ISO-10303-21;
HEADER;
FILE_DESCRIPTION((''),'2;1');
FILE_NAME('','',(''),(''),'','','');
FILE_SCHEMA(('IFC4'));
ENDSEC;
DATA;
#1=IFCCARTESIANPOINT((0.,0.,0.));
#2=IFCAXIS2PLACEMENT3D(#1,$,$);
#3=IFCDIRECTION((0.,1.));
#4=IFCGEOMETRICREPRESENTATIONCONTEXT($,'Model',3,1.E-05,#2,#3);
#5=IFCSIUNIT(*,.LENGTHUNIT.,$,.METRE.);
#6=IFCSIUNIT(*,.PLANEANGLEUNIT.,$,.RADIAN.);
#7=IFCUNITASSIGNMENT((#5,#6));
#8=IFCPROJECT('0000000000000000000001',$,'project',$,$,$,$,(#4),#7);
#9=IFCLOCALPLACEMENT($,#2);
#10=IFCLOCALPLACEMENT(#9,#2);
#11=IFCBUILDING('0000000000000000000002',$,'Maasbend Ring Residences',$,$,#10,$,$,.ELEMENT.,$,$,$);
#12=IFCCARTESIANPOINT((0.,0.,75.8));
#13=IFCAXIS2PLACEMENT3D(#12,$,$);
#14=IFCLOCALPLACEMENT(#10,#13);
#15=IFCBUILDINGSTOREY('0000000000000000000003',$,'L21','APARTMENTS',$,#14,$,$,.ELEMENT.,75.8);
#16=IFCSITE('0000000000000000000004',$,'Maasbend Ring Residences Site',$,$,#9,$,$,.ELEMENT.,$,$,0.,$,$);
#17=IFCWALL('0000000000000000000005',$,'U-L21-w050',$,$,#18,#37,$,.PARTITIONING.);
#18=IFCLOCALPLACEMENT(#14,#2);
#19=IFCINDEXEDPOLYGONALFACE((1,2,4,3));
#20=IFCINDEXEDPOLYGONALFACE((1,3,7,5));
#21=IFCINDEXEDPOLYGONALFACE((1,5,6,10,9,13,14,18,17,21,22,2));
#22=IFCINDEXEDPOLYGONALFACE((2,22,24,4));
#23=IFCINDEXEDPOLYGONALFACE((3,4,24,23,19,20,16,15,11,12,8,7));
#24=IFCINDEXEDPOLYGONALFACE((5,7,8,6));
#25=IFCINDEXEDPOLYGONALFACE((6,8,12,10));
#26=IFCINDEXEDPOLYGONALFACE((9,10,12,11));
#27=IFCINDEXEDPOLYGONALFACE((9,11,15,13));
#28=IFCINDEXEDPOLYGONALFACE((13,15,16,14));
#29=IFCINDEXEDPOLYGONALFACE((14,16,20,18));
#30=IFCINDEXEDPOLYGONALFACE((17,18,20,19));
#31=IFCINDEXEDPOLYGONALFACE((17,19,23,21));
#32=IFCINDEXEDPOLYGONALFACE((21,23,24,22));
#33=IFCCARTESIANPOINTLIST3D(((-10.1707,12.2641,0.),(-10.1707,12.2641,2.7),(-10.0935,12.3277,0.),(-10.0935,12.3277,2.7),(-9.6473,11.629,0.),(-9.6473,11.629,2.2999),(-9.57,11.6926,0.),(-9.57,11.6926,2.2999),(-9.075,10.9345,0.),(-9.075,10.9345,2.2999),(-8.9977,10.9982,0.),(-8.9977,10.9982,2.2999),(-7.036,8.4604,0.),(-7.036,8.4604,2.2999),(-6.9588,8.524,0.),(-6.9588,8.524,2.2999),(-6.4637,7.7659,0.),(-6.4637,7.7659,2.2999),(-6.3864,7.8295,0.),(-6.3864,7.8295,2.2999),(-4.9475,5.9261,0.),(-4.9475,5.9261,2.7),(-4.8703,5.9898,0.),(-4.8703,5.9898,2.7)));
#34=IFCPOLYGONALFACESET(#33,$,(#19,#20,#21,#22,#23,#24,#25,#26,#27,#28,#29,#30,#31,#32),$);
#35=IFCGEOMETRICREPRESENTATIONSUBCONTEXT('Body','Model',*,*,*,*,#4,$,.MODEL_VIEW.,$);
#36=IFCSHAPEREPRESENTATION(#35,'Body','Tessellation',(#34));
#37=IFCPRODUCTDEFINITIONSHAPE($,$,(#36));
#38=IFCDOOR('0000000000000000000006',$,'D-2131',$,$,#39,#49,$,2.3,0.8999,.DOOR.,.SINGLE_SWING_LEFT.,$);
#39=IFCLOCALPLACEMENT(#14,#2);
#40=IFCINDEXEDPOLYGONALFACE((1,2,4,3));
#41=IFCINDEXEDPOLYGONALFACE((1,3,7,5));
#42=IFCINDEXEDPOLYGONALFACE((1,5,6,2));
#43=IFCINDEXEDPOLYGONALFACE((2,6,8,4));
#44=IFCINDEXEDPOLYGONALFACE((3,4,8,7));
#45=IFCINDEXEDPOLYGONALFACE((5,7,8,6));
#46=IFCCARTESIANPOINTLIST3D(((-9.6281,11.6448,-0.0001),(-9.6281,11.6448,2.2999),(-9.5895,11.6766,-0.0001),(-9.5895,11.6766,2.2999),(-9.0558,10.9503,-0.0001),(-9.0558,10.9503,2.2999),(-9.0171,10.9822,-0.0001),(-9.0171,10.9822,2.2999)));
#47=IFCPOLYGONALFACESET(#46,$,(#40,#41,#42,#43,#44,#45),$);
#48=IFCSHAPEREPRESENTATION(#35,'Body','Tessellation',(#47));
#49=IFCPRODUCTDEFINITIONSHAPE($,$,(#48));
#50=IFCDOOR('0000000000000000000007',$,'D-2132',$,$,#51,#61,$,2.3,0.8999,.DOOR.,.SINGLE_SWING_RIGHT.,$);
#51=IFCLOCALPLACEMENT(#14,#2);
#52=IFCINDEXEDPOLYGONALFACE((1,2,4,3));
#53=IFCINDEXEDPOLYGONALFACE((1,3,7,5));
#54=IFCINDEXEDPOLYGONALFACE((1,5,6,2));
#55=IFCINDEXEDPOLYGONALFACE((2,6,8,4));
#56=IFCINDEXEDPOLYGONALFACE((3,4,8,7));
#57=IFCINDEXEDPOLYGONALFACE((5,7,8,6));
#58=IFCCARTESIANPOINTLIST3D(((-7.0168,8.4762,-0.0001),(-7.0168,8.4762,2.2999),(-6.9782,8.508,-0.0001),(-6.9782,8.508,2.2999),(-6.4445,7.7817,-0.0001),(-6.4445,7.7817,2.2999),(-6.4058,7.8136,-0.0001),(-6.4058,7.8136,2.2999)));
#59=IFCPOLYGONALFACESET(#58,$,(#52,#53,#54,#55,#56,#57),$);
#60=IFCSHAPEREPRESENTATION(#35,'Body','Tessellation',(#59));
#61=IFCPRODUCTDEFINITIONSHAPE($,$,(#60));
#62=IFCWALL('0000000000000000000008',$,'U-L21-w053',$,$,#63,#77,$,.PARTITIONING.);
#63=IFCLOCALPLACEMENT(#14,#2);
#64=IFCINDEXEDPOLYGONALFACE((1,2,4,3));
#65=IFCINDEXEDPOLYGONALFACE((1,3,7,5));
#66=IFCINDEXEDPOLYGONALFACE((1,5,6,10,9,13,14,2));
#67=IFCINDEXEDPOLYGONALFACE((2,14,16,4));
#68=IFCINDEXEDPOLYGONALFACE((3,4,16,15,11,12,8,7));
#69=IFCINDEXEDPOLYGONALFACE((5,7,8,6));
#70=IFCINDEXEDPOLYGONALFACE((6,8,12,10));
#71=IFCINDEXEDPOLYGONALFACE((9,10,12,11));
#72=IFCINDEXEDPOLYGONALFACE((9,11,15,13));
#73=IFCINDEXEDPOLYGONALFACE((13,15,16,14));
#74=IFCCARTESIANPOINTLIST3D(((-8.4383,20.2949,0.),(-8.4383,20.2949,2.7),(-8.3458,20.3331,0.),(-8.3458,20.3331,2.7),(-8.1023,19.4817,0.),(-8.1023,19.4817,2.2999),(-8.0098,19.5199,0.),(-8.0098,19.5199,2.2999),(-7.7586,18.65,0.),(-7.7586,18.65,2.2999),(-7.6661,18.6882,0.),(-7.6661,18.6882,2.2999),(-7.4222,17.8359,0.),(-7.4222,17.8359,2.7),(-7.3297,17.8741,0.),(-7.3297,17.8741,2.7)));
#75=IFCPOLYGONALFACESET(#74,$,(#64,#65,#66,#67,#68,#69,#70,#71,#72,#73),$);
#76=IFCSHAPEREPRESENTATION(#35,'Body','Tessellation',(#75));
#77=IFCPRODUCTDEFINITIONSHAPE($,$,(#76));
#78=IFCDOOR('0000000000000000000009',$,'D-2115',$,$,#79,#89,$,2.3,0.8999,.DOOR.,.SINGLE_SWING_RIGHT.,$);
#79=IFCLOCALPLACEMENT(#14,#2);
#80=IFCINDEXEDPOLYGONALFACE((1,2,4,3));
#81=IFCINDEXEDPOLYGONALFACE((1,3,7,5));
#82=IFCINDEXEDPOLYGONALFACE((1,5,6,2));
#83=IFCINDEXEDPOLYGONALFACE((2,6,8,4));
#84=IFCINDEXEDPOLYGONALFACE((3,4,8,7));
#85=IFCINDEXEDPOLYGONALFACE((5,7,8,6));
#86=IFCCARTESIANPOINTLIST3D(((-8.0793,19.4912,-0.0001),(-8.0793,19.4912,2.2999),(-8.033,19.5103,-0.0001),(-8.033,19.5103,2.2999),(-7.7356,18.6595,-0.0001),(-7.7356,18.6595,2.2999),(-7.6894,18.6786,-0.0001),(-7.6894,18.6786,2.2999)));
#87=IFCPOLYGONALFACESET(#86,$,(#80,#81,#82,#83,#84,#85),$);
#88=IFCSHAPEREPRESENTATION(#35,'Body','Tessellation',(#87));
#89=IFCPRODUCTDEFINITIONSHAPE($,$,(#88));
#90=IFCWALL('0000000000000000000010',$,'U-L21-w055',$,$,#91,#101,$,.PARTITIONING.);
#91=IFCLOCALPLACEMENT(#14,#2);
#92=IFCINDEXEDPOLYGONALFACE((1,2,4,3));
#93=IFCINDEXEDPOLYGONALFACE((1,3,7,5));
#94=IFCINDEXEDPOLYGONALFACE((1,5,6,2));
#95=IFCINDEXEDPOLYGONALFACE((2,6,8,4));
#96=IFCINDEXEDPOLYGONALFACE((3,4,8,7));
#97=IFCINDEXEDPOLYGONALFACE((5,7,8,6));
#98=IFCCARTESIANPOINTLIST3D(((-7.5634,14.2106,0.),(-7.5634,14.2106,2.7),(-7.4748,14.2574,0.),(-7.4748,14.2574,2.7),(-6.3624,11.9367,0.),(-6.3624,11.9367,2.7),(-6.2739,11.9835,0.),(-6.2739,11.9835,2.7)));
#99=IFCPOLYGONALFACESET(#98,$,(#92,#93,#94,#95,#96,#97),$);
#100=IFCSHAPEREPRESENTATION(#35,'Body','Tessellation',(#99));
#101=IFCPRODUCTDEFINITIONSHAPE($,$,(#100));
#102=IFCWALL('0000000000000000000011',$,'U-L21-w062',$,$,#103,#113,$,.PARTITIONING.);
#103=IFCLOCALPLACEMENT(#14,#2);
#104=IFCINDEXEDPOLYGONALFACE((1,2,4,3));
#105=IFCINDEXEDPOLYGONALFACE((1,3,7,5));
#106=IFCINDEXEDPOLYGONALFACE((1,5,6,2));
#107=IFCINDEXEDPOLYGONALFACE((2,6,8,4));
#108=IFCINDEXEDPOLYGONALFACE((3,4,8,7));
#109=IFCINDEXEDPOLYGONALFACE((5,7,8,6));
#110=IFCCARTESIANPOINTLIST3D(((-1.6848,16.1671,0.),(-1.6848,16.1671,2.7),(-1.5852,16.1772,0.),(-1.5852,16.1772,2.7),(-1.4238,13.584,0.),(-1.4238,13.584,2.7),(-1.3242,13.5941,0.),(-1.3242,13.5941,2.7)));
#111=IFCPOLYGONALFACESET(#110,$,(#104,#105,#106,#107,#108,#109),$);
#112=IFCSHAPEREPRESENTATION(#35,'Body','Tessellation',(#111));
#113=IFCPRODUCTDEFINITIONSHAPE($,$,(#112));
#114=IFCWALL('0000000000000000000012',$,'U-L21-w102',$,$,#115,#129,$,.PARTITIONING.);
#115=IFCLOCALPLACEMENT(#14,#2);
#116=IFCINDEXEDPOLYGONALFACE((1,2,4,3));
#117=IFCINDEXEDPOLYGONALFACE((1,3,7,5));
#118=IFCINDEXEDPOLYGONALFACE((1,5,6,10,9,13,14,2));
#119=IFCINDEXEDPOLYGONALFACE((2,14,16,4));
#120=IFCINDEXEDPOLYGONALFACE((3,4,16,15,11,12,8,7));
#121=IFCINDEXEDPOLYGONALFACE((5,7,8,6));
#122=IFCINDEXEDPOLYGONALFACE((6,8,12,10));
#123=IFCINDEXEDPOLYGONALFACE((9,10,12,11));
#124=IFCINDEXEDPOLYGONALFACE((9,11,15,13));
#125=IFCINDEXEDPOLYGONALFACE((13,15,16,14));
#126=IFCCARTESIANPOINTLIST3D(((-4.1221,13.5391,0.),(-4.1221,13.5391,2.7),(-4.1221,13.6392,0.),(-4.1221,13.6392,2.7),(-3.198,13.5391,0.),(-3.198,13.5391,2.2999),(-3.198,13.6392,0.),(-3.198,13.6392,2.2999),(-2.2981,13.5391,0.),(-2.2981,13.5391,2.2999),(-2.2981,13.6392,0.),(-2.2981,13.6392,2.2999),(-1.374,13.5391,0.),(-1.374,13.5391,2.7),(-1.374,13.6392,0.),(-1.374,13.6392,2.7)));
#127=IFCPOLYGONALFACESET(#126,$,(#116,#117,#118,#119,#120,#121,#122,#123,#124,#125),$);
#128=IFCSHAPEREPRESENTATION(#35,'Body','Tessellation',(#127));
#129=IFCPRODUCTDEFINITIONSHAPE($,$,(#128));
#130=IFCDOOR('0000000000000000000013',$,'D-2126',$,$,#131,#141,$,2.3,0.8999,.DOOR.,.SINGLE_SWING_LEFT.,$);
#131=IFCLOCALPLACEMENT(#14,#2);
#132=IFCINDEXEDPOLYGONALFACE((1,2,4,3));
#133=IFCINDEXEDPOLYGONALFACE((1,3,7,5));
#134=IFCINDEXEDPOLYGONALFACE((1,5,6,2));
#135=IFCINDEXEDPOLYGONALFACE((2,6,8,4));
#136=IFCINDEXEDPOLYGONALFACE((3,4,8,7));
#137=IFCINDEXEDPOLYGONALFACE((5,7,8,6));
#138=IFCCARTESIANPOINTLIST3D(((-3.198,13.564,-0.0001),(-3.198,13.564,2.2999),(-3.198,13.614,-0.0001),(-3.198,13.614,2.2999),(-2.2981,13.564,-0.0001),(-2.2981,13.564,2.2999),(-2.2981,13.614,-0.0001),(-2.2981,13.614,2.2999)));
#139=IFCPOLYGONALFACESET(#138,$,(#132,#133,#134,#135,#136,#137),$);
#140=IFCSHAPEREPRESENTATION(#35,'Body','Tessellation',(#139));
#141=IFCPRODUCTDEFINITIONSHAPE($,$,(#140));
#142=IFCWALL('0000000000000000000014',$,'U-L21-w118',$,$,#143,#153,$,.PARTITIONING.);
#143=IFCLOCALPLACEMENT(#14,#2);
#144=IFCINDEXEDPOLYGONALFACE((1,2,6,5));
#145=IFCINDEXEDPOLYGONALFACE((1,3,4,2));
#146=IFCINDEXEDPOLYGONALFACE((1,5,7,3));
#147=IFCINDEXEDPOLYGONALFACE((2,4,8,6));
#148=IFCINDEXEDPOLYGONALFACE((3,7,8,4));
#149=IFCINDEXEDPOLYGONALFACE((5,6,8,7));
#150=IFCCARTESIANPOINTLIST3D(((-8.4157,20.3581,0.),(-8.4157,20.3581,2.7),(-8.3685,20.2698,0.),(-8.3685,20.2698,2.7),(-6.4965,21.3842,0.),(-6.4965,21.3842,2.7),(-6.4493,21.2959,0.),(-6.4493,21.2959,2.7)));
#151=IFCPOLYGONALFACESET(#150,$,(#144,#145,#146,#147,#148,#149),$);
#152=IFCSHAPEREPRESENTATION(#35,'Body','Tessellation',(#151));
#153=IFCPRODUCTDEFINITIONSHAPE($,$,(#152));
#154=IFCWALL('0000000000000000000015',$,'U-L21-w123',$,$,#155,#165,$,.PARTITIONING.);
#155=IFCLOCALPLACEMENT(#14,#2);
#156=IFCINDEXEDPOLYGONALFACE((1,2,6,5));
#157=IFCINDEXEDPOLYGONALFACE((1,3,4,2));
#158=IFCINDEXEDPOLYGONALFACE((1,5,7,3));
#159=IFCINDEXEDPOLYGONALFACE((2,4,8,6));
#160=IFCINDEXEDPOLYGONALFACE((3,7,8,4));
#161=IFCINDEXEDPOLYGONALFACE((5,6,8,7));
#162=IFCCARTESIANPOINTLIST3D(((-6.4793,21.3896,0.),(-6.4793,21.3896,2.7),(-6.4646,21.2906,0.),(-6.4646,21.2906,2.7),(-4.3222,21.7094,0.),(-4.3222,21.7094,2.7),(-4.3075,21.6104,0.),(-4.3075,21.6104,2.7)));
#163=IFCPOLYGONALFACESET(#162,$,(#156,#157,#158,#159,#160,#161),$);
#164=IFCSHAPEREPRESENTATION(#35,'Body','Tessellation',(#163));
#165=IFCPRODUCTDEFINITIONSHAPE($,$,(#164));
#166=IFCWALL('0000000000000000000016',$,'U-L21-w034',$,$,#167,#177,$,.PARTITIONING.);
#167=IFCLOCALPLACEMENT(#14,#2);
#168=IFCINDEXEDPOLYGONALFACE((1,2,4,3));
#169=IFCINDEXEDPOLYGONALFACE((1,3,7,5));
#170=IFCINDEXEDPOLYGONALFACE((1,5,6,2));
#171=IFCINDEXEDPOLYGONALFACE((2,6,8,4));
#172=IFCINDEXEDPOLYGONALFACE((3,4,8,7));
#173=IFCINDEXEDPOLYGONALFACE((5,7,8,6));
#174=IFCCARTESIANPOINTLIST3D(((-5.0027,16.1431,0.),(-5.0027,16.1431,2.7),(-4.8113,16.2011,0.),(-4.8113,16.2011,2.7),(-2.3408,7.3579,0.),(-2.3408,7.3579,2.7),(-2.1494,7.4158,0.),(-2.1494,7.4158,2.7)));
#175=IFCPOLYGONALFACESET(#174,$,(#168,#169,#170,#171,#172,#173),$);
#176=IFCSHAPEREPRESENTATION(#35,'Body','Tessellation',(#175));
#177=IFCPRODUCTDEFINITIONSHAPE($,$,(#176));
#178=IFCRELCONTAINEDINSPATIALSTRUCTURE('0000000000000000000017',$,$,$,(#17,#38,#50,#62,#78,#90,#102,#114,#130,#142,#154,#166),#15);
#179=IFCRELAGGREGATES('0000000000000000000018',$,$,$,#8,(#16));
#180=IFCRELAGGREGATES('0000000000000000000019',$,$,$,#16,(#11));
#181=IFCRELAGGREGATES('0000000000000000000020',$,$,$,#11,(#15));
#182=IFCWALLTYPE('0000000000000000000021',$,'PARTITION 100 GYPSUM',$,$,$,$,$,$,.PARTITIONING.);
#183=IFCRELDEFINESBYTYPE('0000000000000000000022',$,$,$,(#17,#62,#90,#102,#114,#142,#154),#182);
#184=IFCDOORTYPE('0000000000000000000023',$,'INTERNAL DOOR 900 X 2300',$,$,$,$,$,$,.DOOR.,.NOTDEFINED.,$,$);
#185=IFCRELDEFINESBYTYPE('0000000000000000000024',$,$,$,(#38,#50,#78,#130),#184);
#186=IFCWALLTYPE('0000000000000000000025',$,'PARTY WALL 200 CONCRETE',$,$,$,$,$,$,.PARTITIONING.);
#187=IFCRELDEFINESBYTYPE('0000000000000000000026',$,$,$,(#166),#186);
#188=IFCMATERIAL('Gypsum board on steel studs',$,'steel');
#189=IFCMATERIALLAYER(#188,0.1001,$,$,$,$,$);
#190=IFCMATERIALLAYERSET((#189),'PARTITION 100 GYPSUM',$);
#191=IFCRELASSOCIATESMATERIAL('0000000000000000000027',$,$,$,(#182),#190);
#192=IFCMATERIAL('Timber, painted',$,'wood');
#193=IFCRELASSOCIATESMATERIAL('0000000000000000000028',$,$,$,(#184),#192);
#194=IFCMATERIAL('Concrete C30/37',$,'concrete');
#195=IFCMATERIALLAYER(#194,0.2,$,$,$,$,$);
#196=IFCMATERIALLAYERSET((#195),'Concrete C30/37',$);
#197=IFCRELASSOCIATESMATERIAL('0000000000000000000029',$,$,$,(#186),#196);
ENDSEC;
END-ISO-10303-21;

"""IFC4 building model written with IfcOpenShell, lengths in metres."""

from ifc_helpers import new_model, si_unit, direction, frame, frame_2d, origin, place, context, subcontext, project, spatial, rectangle, extrude, material, layer, layer_set, type_object, element, fill, save


model = new_model("IFC4")

# Units and contexts
model_context = context("Model", 3, precision=1e-05, world=origin(), true_north=direction((0.0, 1.0)))
body_context = subcontext(model_context, "Body", "Model", "MODEL_VIEW")
ifc_project = project(units=[si_unit("LENGTHUNIT", "METRE"), si_unit("PLANEANGLEUNIT", "RADIAN")], contexts=[model_context])

# Site, building, storey
site_placement = place(None, origin())
site = spatial("IfcSite", under=ifc_project, at=site_placement, Name="Maasbend Ring Residences Site", CompositionType="ELEMENT", RefElevation=0.0)
building_placement = place(site_placement, origin())
building = spatial("IfcBuilding", under=site, at=building_placement, Name="Maasbend Ring Residences", CompositionType="ELEMENT")
storey_placement = place(building_placement, frame((0.0, 0.0, 75.8)))
storey = spatial("IfcBuildingStorey", under=building, at=storey_placement, Name="L21", Description="APARTMENTS", CompositionType="ELEMENT", Elevation=75.8)

# Wall, openings, doors
ifc_material_1 = material(Name="Gypsum board on steel studs", Category="steel")
ifc_layer_1 = layer(ifc_material_1, 0.1001)
ifc_layer_set_1 = layer_set([ifc_layer_1], Name="PARTITION 100 GYPSUM")
wall_type_1 = type_object("IfcWallType", Name="PARTITION 100 GYPSUM", PredefinedType="PARTITIONING", material=ifc_layer_set_1)
wall_1_placement = place(storey_placement, frame((-10.1321, 12.2959, 0.0), z_axis=(0.0, 0.0, 1.0), x_axis=(0.635976, -0.771709, 0.0)))
wall_1 = element("IfcWall", 1, at=wall_1_placement, inside=storey, type_object=wall_type_1, Name="U-L21-w050", PredefinedType="PARTITIONING", context=body_context, shape_type="SweptSolid", body=[
    extrude(rectangle(XDim=8.2129, YDim=0.1001, at=frame_2d((4.1064, 0.0))), origin(), (0.0, 0.0, 1.0), 2.7),
])
opening_1_placement = place(wall_1_placement, frame((0.823, 0.0, 0.0)))
opening_1 = element("IfcOpeningElement", 2, at=opening_1_placement, cuts=wall_1, PredefinedType="OPENING", context=body_context, shape_type="SweptSolid", body=[
    extrude(rectangle(XDim=0.8999, YDim=2.3, at=frame_2d((0.45, 1.1499))), frame((0.0, 0.0601, 0.0), z_axis=(0.0, -1.0, 0.0), x_axis=(1.0, 0.0, 0.0)), (0.0, 0.0, 1.0), 0.1201),
])
opening_2_placement = place(wall_1_placement, frame((4.929, 0.0, 0.0)))
opening_2 = element("IfcOpeningElement", 3, at=opening_2_placement, cuts=wall_1, PredefinedType="OPENING", context=body_context, shape_type="SweptSolid", body=[
    extrude(rectangle(XDim=0.8999, YDim=2.3, at=frame_2d((0.45, 1.1499))), frame((0.0, 0.0601, 0.0), z_axis=(0.0, -1.0, 0.0), x_axis=(1.0, 0.0, 0.0)), (0.0, 0.0, 1.0), 0.1201),
])
ifc_material_2 = material(Name="Timber, painted", Category="wood")
door_type_1 = type_object("IfcDoorType", Name="INTERNAL DOOR 900 X 2300", OperationType="NOTDEFINED", PredefinedType="DOOR", material=ifc_material_2)
door_1_placement = place(opening_1_placement, origin())
door_1 = element("IfcDoor", 4, at=door_1_placement, inside=storey, type_object=door_type_1, Name="D-2131", OperationType="SINGLE_SWING_LEFT", OverallHeight=2.3, OverallWidth=0.8999, PredefinedType="DOOR", context=body_context, shape_type="SweptSolid", body=[
    extrude(rectangle(XDim=0.8999, YDim=2.3, at=frame_2d((0.45, 1.1499))), frame((0.0, 0.0249, 0.0), z_axis=(0.0, -1.0, 0.0), x_axis=(1.0, 0.0, 0.0)), (0.0, 0.0, 1.0), 0.05),
])
fill(opening_1, door_1)
door_2_placement = place(opening_2_placement, origin())
door_2 = element("IfcDoor", 5, at=door_2_placement, inside=storey, type_object=door_type_1, Name="D-2132", OperationType="SINGLE_SWING_RIGHT", OverallHeight=2.3, OverallWidth=0.8999, PredefinedType="DOOR", context=body_context, shape_type="SweptSolid", body=[
    extrude(rectangle(XDim=0.8999, YDim=2.3, at=frame_2d((0.45, 1.1499))), frame((0.0, 0.0249, 0.0), z_axis=(0.0, -1.0, 0.0), x_axis=(1.0, 0.0, 0.0)), (0.0, 0.0, 1.0), 0.05),
])
fill(opening_2, door_2)

# Wall, opening, door
wall_2_placement = place(storey_placement, frame((-8.3921, 20.314, 0.0), z_axis=(0.0, 0.0, 1.0), x_axis=(0.381903, -0.924202, 0.0)))
wall_2 = element("IfcWall", 6, at=wall_2_placement, inside=storey, type_object=wall_type_1, Name="U-L21-w053", PredefinedType="PARTITIONING", context=body_context, shape_type="SweptSolid", body=[
    extrude(rectangle(XDim=2.6606, YDim=0.1001, at=frame_2d((1.3303, 0.0))), origin(), (0.0, 0.0, 1.0), 2.7),
])
opening_3_placement = place(wall_2_placement, frame((0.8799, 0.0, 0.0)))
opening_3 = element("IfcOpeningElement", 7, at=opening_3_placement, cuts=wall_2, PredefinedType="OPENING", context=body_context, shape_type="SweptSolid", body=[
    extrude(rectangle(XDim=0.8999, YDim=2.3, at=frame_2d((0.45, 1.1499))), frame((0.0, 0.0601, 0.0), z_axis=(0.0, -1.0, 0.0), x_axis=(1.0, 0.0, 0.0)), (0.0, 0.0, 1.0), 0.1201),
])
door_3_placement = place(opening_3_placement, origin())
door_3 = element("IfcDoor", 8, at=door_3_placement, inside=storey, type_object=door_type_1, Name="D-2115", OperationType="SINGLE_SWING_RIGHT", OverallHeight=2.3, OverallWidth=0.8999, PredefinedType="DOOR", context=body_context, shape_type="SweptSolid", body=[
    extrude(rectangle(XDim=0.8999, YDim=2.3, at=frame_2d((0.45, 1.1499))), frame((0.0, 0.0249, 0.0), z_axis=(0.0, -1.0, 0.0), x_axis=(1.0, 0.0, 0.0)), (0.0, 0.0, 1.0), 0.05),
])
fill(opening_3, door_3)

# Walls
wall_3_placement = place(storey_placement, frame((-7.519, 14.2339, 0.0), z_axis=(0.0, 0.0, 1.0), x_axis=(0.467002, -0.884256, 0.0)))
element("IfcWall", 9, at=wall_3_placement, inside=storey, type_object=wall_type_1, Name="U-L21-w055", PredefinedType="PARTITIONING", context=body_context, shape_type="SweptSolid", body=[
    extrude(rectangle(XDim=2.5715, YDim=0.1001, at=frame_2d((1.2856, 0.0))), origin(), (0.0, 0.0, 1.0), 2.7),
])
wall_4_placement = place(storey_placement, frame((-1.635, 16.1721, 0.0), z_axis=(0.0, 0.0, 1.0), x_axis=(0.100528, -0.994934, 0.0)))
element("IfcWall", 10, at=wall_4_placement, inside=storey, type_object=wall_type_1, Name="U-L21-w062", PredefinedType="PARTITIONING", context=body_context, shape_type="SweptSolid", body=[
    extrude(rectangle(XDim=2.5962, YDim=0.1001, at=frame_2d((1.2981, 0.0))), origin(), (0.0, 0.0, 1.0), 2.7),
])

# Wall, opening, door
wall_5_placement = place(storey_placement, frame((-4.1221, 13.5891, 0.0), z_axis=(0.0, 0.0, 1.0), x_axis=(1.0, 0.0, 0.0)))
wall_5 = element("IfcWall", 11, at=wall_5_placement, inside=storey, type_object=wall_type_1, Name="U-L21-w102", PredefinedType="PARTITIONING", context=body_context, shape_type="SweptSolid", body=[
    extrude(rectangle(XDim=2.748, YDim=0.1001, at=frame_2d((1.374, 0.0))), origin(), (0.0, 0.0, 1.0), 2.7),
])
opening_4_placement = place(wall_5_placement, frame((0.9241, 0.0, 0.0)))
opening_4 = element("IfcOpeningElement", 12, at=opening_4_placement, cuts=wall_5, PredefinedType="OPENING", context=body_context, shape_type="SweptSolid", body=[
    extrude(rectangle(XDim=0.8999, YDim=2.3, at=frame_2d((0.45, 1.1499))), frame((0.0, 0.0601, 0.0), z_axis=(0.0, -1.0, 0.0), x_axis=(1.0, 0.0, 0.0)), (0.0, 0.0, 1.0), 0.1201),
])
door_4_placement = place(opening_4_placement, origin())
door_4 = element("IfcDoor", 13, at=door_4_placement, inside=storey, type_object=door_type_1, Name="D-2126", OperationType="SINGLE_SWING_LEFT", OverallHeight=2.3, OverallWidth=0.8999, PredefinedType="DOOR", context=body_context, shape_type="SweptSolid", body=[
    extrude(rectangle(XDim=0.8999, YDim=2.3, at=frame_2d((0.45, 1.1499))), frame((0.0, 0.0249, 0.0), z_axis=(0.0, -1.0, 0.0), x_axis=(1.0, 0.0, 0.0)), (0.0, 0.0, 1.0), 0.05),
])
fill(opening_4, door_4)

# Walls
wall_6_placement = place(storey_placement, frame((-8.3921, 20.314, 0.0), z_axis=(0.0, 0.0, 1.0), x_axis=(0.881865, 0.471502, 0.0)))
element("IfcWall", 14, at=wall_6_placement, inside=storey, type_object=wall_type_1, Name="U-L21-w118", PredefinedType="PARTITIONING", context=body_context, shape_type="SweptSolid", body=[
    extrude(rectangle(XDim=2.1763, YDim=0.1001, at=frame_2d((1.0881, 0.0))), origin(), (0.0, 0.0, 1.0), 2.7),
])
wall_7_placement = place(storey_placement, frame((-6.4719, 21.3401, 0.0), z_axis=(0.0, 0.0, 1.0), x_axis=(0.989185, 0.14667, 0.0)))
element("IfcWall", 15, at=wall_7_placement, inside=storey, type_object=wall_type_1, Name="U-L21-w123", PredefinedType="PARTITIONING", context=body_context, shape_type="SweptSolid", body=[
    extrude(rectangle(XDim=2.1807, YDim=0.1001, at=frame_2d((1.0903, 0.0))), origin(), (0.0, 0.0, 1.0), 2.7),
])
ifc_material_3 = material(Name="Concrete C30/37", Category="concrete")
ifc_layer_2 = layer(ifc_material_3, 0.2)
ifc_layer_set_2 = layer_set([ifc_layer_2], Name="Concrete C30/37")
wall_type_2 = type_object("IfcWallType", Name="PARTY WALL 200 CONCRETE", PredefinedType="PARTITIONING", material=ifc_layer_set_2)
wall_8_placement = place(storey_placement, frame((-4.907, 16.1721, 0.0), z_axis=(0.0, 0.0, 1.0), x_axis=(0.289977, -0.957034, 0.0)))
element("IfcWall", 16, at=wall_8_placement, inside=storey, type_object=wall_type_2, Name="U-L21-w034", PredefinedType="PARTITIONING", context=body_context, shape_type="SweptSolid", body=[
    extrude(rectangle(XDim=9.1797, YDim=0.2, at=frame_2d((4.5898, 0.0))), origin(), (0.0, 0.0, 1.0), 2.7),
])

save(model, "model.ifc")
